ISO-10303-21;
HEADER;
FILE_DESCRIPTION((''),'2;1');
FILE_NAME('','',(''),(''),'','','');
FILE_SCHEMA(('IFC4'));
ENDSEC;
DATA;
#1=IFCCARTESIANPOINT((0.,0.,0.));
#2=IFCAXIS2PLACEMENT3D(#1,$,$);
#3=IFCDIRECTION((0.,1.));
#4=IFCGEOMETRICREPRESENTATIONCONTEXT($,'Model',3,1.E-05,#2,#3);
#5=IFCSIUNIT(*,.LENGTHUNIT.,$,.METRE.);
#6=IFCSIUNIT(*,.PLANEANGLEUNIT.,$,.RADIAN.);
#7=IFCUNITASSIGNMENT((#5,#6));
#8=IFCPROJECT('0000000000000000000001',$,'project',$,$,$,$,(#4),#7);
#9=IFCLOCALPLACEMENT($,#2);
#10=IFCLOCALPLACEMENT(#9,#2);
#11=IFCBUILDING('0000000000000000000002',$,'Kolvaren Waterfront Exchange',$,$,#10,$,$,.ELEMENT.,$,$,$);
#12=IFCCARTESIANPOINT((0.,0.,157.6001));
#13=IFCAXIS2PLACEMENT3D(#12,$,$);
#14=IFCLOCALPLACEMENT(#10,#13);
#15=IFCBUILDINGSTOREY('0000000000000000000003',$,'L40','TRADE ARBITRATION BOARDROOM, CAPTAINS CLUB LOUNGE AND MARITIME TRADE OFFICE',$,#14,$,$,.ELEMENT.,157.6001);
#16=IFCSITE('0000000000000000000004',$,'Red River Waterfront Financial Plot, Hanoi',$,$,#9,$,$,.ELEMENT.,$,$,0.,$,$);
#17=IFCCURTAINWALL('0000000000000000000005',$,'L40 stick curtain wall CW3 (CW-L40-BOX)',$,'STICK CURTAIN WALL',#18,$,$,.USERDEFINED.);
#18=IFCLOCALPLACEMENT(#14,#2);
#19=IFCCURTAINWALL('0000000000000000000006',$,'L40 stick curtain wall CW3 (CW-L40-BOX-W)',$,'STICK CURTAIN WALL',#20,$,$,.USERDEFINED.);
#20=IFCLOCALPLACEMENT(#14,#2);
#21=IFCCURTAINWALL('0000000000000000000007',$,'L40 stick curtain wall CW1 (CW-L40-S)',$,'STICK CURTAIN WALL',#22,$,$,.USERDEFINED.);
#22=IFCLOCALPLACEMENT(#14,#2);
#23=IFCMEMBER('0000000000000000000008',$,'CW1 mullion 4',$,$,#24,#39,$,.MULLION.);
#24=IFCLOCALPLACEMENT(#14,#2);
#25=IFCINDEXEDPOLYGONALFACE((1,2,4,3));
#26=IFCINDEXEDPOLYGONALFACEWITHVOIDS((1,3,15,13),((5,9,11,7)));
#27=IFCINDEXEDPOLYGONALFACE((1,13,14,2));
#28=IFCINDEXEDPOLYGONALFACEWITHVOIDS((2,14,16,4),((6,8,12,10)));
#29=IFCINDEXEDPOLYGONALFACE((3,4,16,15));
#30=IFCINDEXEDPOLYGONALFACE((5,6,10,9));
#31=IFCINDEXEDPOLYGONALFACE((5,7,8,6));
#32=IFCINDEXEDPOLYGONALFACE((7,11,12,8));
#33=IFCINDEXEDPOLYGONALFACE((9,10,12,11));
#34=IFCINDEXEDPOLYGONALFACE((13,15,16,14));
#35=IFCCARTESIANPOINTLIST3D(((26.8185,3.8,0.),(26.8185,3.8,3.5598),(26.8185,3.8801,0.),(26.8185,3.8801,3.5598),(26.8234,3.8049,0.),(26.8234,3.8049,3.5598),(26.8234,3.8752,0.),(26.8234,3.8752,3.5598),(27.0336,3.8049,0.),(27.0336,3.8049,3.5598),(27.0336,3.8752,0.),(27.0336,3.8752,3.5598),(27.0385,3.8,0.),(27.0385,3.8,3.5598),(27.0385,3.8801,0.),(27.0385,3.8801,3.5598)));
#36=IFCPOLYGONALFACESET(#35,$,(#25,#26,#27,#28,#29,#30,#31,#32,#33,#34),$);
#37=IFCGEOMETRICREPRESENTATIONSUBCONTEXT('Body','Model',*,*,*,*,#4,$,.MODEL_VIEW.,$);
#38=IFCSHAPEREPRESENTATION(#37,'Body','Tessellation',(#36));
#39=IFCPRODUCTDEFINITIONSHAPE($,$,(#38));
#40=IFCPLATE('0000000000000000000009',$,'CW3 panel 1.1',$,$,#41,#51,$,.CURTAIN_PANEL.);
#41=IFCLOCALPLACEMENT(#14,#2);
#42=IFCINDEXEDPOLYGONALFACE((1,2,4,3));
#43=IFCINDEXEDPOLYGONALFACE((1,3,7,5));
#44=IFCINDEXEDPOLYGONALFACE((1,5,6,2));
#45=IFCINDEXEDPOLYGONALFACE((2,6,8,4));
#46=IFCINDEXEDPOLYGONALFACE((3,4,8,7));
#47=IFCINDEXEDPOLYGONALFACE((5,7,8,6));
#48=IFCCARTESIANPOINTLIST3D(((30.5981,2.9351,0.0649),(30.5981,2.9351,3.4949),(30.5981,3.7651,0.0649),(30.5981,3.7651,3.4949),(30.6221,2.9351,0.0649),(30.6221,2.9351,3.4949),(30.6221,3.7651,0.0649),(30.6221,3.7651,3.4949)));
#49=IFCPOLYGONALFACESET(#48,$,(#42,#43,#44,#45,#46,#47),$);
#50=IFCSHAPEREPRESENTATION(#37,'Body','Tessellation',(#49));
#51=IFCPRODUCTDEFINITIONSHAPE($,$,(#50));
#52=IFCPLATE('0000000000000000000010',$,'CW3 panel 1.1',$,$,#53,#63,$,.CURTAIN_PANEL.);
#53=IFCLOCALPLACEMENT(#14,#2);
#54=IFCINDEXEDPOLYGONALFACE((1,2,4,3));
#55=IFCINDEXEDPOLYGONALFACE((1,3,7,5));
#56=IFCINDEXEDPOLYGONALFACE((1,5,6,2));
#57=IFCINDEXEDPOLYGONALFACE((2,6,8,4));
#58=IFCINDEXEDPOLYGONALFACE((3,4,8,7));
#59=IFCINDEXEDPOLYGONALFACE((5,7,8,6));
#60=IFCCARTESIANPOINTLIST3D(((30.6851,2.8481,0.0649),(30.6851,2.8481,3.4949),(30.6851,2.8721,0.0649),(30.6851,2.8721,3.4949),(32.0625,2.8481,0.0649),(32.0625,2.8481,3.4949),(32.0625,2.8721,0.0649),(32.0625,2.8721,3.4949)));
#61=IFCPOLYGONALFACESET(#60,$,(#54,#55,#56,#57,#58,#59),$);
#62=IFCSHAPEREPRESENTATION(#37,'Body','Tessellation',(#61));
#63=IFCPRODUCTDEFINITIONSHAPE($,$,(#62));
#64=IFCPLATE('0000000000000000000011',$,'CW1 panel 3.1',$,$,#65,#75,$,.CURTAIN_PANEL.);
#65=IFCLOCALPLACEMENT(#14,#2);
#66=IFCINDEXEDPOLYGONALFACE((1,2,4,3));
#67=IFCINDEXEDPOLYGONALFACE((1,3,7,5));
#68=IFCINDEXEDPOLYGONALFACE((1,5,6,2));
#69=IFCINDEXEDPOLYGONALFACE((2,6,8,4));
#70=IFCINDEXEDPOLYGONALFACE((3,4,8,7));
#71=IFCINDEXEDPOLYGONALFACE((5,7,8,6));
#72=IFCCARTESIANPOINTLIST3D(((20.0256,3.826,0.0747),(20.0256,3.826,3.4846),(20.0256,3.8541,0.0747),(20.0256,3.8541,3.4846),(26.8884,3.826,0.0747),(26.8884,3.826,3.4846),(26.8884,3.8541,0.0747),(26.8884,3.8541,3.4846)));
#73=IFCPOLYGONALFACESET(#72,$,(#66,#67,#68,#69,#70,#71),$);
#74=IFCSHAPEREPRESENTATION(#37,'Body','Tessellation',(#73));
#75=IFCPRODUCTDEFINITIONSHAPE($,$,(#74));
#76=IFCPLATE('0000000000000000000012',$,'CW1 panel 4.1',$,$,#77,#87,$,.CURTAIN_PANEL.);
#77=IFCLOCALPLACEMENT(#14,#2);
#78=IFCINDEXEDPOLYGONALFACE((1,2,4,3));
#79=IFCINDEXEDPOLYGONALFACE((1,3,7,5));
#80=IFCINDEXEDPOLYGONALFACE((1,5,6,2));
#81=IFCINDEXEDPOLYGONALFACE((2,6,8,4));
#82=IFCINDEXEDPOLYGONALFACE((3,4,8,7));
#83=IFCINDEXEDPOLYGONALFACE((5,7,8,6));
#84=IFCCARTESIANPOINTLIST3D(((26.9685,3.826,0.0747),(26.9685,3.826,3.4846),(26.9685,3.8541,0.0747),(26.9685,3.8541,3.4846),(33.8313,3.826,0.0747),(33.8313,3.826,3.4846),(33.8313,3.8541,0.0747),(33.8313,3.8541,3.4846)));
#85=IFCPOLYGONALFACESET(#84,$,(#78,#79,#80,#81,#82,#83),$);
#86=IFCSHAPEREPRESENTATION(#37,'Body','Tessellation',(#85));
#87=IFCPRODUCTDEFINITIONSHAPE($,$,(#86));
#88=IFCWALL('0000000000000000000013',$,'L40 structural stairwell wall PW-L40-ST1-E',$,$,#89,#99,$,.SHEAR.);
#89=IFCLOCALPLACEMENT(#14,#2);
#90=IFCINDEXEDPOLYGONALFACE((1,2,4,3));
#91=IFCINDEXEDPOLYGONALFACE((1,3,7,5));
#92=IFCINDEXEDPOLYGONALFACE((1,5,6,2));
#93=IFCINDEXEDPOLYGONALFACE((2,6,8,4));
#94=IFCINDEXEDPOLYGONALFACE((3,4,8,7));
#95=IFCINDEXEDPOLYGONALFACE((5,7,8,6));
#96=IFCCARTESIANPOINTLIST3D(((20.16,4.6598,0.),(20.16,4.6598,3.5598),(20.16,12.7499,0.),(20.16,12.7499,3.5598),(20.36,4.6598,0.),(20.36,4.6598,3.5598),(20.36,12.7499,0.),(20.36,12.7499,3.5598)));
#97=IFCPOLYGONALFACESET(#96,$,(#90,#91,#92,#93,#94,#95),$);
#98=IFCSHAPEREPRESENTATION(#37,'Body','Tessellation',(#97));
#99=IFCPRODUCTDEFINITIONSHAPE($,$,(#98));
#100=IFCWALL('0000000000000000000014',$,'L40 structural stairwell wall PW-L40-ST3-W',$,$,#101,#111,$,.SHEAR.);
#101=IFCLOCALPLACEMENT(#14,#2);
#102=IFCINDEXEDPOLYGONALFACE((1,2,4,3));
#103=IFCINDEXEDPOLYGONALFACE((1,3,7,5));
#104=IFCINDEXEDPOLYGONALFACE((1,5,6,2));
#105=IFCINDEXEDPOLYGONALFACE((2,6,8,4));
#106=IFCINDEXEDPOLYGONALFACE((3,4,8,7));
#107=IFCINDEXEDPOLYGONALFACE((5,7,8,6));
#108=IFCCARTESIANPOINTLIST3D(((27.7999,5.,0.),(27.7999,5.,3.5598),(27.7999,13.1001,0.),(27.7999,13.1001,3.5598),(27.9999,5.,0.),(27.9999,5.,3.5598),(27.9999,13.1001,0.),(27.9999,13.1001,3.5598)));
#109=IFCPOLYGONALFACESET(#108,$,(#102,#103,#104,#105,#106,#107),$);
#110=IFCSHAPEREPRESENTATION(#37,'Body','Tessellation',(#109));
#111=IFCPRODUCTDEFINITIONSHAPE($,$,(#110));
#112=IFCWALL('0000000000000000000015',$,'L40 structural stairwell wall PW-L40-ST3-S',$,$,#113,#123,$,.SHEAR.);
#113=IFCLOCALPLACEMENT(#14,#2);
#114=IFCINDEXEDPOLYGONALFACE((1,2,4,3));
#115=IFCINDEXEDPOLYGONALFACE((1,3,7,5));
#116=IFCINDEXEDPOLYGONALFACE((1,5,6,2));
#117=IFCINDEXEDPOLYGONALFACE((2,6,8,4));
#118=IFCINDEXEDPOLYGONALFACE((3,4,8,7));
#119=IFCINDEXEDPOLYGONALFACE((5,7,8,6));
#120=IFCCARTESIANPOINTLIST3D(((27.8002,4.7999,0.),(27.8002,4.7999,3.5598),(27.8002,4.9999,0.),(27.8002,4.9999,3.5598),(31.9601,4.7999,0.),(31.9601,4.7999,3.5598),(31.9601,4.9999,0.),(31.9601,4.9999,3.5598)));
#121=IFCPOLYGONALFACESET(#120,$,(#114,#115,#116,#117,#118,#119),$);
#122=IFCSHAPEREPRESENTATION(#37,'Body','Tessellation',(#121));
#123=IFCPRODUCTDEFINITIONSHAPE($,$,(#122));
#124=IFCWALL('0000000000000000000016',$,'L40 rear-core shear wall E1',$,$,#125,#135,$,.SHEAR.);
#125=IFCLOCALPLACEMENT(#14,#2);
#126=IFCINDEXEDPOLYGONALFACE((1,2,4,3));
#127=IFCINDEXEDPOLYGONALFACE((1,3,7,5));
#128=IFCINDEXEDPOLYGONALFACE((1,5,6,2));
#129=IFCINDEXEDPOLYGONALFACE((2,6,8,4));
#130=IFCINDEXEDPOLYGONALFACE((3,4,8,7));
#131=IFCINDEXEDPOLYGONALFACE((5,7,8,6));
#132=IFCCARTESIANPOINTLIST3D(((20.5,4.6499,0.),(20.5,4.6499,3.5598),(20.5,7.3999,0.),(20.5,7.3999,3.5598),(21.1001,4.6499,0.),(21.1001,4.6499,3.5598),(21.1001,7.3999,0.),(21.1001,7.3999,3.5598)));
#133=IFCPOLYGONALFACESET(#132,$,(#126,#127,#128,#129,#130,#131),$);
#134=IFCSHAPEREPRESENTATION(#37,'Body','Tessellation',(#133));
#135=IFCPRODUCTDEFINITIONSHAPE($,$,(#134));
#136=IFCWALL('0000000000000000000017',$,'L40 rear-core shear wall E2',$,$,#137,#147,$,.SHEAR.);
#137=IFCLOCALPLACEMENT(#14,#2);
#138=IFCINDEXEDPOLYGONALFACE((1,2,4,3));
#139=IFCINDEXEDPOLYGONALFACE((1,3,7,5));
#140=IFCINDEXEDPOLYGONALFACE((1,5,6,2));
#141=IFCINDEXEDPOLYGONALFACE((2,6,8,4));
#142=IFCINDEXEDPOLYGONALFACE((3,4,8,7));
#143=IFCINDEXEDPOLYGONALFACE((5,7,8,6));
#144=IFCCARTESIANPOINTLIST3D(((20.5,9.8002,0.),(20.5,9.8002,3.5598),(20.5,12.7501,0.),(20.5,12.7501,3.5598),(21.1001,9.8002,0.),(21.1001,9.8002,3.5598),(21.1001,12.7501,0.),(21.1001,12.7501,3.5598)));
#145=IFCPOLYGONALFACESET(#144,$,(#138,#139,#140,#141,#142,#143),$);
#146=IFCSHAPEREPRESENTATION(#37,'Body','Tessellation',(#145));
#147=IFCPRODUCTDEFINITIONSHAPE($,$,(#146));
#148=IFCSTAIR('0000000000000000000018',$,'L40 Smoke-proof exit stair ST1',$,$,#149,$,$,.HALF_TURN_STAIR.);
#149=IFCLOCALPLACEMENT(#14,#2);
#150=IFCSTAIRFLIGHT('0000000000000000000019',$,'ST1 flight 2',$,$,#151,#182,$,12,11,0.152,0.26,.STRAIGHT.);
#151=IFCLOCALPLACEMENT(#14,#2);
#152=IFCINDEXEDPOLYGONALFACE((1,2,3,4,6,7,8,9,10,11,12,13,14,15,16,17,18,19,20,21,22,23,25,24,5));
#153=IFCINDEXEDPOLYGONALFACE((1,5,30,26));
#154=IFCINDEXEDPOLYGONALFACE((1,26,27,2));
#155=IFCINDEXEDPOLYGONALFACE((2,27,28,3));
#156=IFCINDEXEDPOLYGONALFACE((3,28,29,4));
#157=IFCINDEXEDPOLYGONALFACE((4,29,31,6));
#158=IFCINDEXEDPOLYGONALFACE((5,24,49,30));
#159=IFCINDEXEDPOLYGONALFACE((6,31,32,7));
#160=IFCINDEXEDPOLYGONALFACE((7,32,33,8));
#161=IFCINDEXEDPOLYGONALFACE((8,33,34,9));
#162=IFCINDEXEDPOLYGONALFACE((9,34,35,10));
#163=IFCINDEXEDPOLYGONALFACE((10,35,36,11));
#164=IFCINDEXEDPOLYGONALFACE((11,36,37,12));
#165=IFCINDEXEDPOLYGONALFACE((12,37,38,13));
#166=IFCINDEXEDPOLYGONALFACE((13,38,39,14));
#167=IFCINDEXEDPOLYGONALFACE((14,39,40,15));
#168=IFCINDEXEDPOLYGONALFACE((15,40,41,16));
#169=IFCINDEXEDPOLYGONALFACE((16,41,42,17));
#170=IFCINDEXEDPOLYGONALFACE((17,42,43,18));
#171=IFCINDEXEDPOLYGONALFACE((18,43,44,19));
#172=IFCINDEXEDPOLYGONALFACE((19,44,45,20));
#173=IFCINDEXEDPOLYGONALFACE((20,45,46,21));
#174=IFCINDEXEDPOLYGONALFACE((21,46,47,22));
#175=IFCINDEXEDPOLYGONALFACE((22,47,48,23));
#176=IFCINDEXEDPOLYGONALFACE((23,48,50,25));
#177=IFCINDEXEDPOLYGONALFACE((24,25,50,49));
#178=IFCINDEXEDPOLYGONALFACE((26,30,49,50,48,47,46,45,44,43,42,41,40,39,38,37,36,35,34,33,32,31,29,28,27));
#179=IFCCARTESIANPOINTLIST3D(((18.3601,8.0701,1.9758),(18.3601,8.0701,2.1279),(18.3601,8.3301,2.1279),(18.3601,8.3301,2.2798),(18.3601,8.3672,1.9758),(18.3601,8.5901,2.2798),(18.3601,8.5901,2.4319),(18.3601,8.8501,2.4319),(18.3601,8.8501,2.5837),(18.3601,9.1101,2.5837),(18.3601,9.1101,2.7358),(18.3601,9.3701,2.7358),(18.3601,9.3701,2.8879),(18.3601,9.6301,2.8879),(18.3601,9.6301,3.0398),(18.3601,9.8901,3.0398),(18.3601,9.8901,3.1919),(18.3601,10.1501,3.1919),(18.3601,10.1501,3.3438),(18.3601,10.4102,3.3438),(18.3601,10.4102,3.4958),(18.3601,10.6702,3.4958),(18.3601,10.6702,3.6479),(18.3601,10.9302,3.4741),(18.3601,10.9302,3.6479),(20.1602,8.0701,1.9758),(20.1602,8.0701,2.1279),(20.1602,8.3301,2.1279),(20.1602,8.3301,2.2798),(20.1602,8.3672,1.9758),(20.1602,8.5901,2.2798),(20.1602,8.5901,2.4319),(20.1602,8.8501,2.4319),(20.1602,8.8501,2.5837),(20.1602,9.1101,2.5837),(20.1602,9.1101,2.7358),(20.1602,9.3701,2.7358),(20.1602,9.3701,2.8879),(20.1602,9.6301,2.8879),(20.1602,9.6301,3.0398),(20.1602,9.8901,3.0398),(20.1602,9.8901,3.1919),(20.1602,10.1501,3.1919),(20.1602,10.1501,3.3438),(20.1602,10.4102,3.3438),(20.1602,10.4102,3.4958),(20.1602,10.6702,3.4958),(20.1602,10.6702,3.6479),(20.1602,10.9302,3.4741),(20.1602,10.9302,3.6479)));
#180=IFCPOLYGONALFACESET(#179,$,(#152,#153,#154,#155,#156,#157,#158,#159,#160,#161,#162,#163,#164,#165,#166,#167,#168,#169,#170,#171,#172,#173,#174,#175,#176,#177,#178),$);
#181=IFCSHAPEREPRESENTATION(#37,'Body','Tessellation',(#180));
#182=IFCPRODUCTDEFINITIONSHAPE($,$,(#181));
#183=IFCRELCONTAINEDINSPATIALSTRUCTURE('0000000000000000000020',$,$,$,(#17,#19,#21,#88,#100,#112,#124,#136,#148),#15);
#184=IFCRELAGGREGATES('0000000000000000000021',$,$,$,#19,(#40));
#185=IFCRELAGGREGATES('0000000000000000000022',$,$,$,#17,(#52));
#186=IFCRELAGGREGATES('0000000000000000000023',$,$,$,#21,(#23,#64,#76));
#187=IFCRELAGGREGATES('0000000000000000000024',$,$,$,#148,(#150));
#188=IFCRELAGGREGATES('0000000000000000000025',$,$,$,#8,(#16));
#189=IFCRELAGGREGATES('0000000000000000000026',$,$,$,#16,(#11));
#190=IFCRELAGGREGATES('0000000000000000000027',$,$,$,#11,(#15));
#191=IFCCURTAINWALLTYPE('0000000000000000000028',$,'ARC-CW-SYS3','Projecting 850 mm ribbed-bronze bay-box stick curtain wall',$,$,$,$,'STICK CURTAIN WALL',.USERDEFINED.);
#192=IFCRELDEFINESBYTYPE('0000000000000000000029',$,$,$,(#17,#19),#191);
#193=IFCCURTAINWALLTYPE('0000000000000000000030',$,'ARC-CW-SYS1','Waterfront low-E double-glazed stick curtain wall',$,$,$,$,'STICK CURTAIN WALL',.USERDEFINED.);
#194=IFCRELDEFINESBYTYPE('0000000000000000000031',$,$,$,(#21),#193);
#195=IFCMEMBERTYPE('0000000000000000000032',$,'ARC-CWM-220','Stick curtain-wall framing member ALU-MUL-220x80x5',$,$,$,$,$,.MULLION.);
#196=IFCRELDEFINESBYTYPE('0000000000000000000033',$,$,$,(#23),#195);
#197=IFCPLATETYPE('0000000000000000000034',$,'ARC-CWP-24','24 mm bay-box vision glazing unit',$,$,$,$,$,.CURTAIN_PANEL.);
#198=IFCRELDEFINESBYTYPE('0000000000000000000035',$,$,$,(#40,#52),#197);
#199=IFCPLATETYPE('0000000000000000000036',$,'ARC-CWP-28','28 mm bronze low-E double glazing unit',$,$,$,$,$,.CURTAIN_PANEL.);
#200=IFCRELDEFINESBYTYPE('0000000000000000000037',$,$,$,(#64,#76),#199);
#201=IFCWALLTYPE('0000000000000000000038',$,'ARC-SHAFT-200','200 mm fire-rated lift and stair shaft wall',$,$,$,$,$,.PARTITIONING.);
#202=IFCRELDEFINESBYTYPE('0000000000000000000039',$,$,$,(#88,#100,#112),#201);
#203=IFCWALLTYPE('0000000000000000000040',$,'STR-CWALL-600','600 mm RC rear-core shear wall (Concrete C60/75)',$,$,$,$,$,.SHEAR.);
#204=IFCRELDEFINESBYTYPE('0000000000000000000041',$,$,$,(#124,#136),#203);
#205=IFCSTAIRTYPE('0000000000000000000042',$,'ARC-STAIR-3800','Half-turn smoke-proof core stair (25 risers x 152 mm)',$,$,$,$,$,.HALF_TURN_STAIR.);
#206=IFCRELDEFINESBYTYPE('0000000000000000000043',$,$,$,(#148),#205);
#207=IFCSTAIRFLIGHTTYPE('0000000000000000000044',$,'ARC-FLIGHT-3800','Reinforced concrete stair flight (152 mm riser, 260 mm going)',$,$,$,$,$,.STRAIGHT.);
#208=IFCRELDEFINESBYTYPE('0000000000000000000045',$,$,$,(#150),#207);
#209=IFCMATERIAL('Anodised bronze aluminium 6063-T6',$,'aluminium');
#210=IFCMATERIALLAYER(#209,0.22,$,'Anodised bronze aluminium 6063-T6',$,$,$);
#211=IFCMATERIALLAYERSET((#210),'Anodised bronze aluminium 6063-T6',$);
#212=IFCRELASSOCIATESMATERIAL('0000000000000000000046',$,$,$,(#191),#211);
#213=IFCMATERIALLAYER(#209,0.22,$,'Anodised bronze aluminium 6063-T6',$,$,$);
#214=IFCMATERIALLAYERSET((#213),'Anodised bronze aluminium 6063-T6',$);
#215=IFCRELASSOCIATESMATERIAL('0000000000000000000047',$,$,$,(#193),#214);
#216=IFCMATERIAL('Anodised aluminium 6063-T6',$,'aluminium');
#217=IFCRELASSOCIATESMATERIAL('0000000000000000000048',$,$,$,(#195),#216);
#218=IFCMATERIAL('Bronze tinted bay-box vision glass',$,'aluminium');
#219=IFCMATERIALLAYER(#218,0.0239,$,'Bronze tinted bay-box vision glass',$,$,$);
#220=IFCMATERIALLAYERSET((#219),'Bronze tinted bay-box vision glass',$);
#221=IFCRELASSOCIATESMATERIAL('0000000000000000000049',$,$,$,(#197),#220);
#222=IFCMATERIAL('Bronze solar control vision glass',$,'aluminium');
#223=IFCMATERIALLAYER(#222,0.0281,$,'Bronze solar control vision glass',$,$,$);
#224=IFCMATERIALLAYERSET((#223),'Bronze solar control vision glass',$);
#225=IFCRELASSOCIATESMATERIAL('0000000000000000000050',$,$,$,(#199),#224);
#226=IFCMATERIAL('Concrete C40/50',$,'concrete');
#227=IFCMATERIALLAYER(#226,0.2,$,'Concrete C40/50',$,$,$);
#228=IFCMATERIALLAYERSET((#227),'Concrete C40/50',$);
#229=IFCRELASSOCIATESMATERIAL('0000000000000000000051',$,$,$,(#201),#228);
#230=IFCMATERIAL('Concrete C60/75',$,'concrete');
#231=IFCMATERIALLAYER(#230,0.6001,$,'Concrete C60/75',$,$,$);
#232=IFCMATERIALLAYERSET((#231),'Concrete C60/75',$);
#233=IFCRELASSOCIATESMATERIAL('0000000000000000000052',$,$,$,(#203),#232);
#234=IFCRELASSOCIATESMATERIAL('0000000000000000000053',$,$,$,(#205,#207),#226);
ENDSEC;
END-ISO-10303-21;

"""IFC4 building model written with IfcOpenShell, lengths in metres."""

from ifc_helpers import new_model, si_unit, direction, frame, frame_2d, origin, origin_with_axes, origin_2d, place, context, subcontext, project, spatial, polyline, rectangle, hollow_rectangle, outline, extrude, source, transform, mapped, material, layer, layer_set, material_profile, profile_set, type_object, element, aggregate, save


model = new_model("IFC4")

# Units and contexts
model_context = context("Model", 3, precision=1e-05, world=origin(), true_north=direction((0.0, 1.0)))
body_context = subcontext(model_context, "Body", "Model", "MODEL_VIEW")
ifc_project = project(units=[si_unit("LENGTHUNIT", "METRE"), si_unit("PLANEANGLEUNIT", "RADIAN")], contexts=[model_context])

# Site, building, storey
site_placement = place(None, origin())
site = spatial("IfcSite", under=ifc_project, at=site_placement, Name="Red River Waterfront Financial Plot, Hanoi", CompositionType="ELEMENT", RefElevation=0.0)
building_placement = place(site_placement, origin())
building = spatial("IfcBuilding", under=site, at=building_placement, Name="Kolvaren Waterfront Exchange", CompositionType="ELEMENT")
storey_placement = place(building_placement, frame((0.0, 0.0, 157.6001)))
storey = spatial("IfcBuildingStorey", under=building, at=storey_placement, Name="L40", Description="TRADE ARBITRATION BOARDROOM, CAPTAINS CLUB LOUNGE AND MARITIME TRADE OFFICE", CompositionType="ELEMENT", Elevation=157.6001)

# Shared definitions
ifc_material_1 = material(Name="Concrete C60/75", Category="concrete")

# Curtain walls
ifc_material_2 = material(Name="Anodised bronze aluminium 6063-T6", Category="aluminium")
ifc_layer_1 = layer(ifc_material_2, 0.22, Name="Anodised bronze aluminium 6063-T6")
ifc_layer_set_1 = layer_set([ifc_layer_1], Name="Anodised bronze aluminium 6063-T6")
curtain_wall_type_1 = type_object("IfcCurtainWallType", Name="ARC-CW-SYS3", Description="Projecting 850 mm ribbed-bronze bay-box stick curtain wall", ElementType="STICK CURTAIN WALL", PredefinedType="USERDEFINED", material=ifc_layer_set_1)
curtain_wall_1_placement = place(storey_placement, origin())
curtain_wall_1 = element("IfcCurtainWall", 1, at=curtain_wall_1_placement, inside=storey, type_object=curtain_wall_type_1, Name="L40 stick curtain wall CW3 (CW-L40-BOX)", ObjectType="STICK CURTAIN WALL", PredefinedType="USERDEFINED")
curtain_wall_2_placement = place(storey_placement, origin())
curtain_wall_2 = element("IfcCurtainWall", 2, at=curtain_wall_2_placement, inside=storey, type_object=curtain_wall_type_1, Name="L40 stick curtain wall CW3 (CW-L40-BOX-W)", ObjectType="STICK CURTAIN WALL", PredefinedType="USERDEFINED")
ifc_layer_2 = layer(ifc_material_2, 0.22, Name="Anodised bronze aluminium 6063-T6")
ifc_layer_set_2 = layer_set([ifc_layer_2], Name="Anodised bronze aluminium 6063-T6")
curtain_wall_type_2 = type_object("IfcCurtainWallType", Name="ARC-CW-SYS1", Description="Waterfront low-E double-glazed stick curtain wall", ElementType="STICK CURTAIN WALL", PredefinedType="USERDEFINED", material=ifc_layer_set_2)
curtain_wall_3_placement = place(storey_placement, origin())
curtain_wall_3 = element("IfcCurtainWall", 3, at=curtain_wall_3_placement, inside=storey, type_object=curtain_wall_type_2, Name="L40 stick curtain wall CW1 (CW-L40-S)", ObjectType="STICK CURTAIN WALL", PredefinedType="USERDEFINED")
ifc_material_3 = material(Name="Anodised aluminium 6063-T6", Category="aluminium")

# Member
ifc_material_profile_1 = material_profile(ifc_material_3, hollow_rectangle(XDim=0.0801, YDim=0.22, WallThickness=0.0049, at=origin_2d()), Name="ALU-MUL-220x80x5")
ifc_profile_set_1 = profile_set([ifc_material_profile_1], Name="Anodised aluminium 6063-T6")
member_type_1 = type_object("IfcMemberType", Name="ARC-CWM-220", Description="Stick curtain-wall framing member ALU-MUL-220x80x5", PredefinedType="MULLION", material=ifc_profile_set_1)
shared_shape_1 = source(origin_with_axes(), body_context, "Body", "SweptSolid", [
    extrude(hollow_rectangle(XDim=0.0801, YDim=0.22, WallThickness=0.0049, at=origin_2d()), origin(), (0.0, 0.0, 1.0), 3.5598),
])
member_1_placement = place(storey_placement, frame((26.9285, 3.8401, 0.0), z_axis=(0.0, 0.0, 1.0), x_axis=(0.0, 1.0, 0.0)))
member_1 = element("IfcMember", 4, at=member_1_placement, type_object=member_type_1, Name="CW1 mullion 4", PredefinedType="MULLION", context=body_context, shape_type="MappedRepresentation", body=[
    mapped(shared_shape_1, transform((0.0, 0.0, 0.0), x_axis=(1.0, 0.0, 0.0), y_axis=(0.0, 1.0, 0.0), z_axis=(0.0, 0.0, 1.0), scale=1.0)),
])

# Plates
ifc_material_4 = material(Name="Bronze tinted bay-box vision glass", Category="aluminium")
ifc_layer_3 = layer(ifc_material_4, 0.0239, Name="Bronze tinted bay-box vision glass")
ifc_layer_set_3 = layer_set([ifc_layer_3], Name="Bronze tinted bay-box vision glass")
plate_type_1 = type_object("IfcPlateType", Name="ARC-CWP-24", Description="24 mm bay-box vision glazing unit", PredefinedType="CURTAIN_PANEL", material=ifc_layer_set_3)
shared_shape_2 = source(origin_with_axes(), body_context, "Body", "SweptSolid", [
    extrude(rectangle(XDim=0.8301, YDim=0.0239, at=origin_2d()), origin(), (0.0, 0.0, 1.0), 3.4299),
])
plate_1_placement = place(storey_placement, frame((30.6101, 3.3501, 0.0649), z_axis=(0.0, 0.0, 1.0), x_axis=(0.0, -1.0, 0.0)))
plate_1 = element("IfcPlate", 5, at=plate_1_placement, type_object=plate_type_1, Name="CW3 panel 1.1", PredefinedType="CURTAIN_PANEL", context=body_context, shape_type="MappedRepresentation", body=[
    mapped(shared_shape_2, transform((0.0, 0.0, 0.0), x_axis=(1.0, 0.0, 0.0), y_axis=(0.0, 1.0, 0.0), z_axis=(0.0, 0.0, 1.0), scale=1.0)),
])
aggregate(curtain_wall_2, [plate_1])
shared_shape_3 = source(origin_with_axes(), body_context, "Body", "SweptSolid", [
    extrude(rectangle(XDim=1.3774, YDim=0.0239, at=origin_2d()), origin(), (0.0, 0.0, 1.0), 3.4299),
])
plate_2_placement = place(storey_placement, frame((31.3738, 2.8601, 0.0649), z_axis=(0.0, 0.0, 1.0), x_axis=(1.0, 0.0, 0.0)))
plate_2 = element("IfcPlate", 6, at=plate_2_placement, type_object=plate_type_1, Name="CW3 panel 1.1", PredefinedType="CURTAIN_PANEL", context=body_context, shape_type="MappedRepresentation", body=[
    mapped(shared_shape_3, transform((0.0, 0.0, 0.0), x_axis=(1.0, 0.0, 0.0), y_axis=(0.0, 1.0, 0.0), z_axis=(0.0, 0.0, 1.0), scale=1.0)),
])
aggregate(curtain_wall_1, [plate_2])
ifc_material_5 = material(Name="Bronze solar control vision glass", Category="aluminium")
ifc_layer_4 = layer(ifc_material_5, 0.0281, Name="Bronze solar control vision glass")
ifc_layer_set_4 = layer_set([ifc_layer_4], Name="Bronze solar control vision glass")
plate_type_2 = type_object("IfcPlateType", Name="ARC-CWP-28", Description="28 mm bronze low-E double glazing unit", PredefinedType="CURTAIN_PANEL", material=ifc_layer_set_4)
shared_shape_4 = source(origin_with_axes(), body_context, "Body", "SweptSolid", [
    extrude(rectangle(XDim=6.8628, YDim=0.0281, at=origin_2d()), origin(), (0.0, 0.0, 1.0), 3.4099),
])
plate_3_placement = place(storey_placement, frame((23.457, 3.8401, 0.0747), z_axis=(0.0, 0.0, 1.0), x_axis=(1.0, 0.0, 0.0)))
plate_3 = element("IfcPlate", 7, at=plate_3_placement, type_object=plate_type_2, Name="CW1 panel 3.1", PredefinedType="CURTAIN_PANEL", context=body_context, shape_type="MappedRepresentation", body=[
    mapped(shared_shape_4, transform((0.0, 0.0, 0.0), x_axis=(1.0, 0.0, 0.0), y_axis=(0.0, 1.0, 0.0), z_axis=(0.0, 0.0, 1.0), scale=1.0)),
])
plate_4_placement = place(storey_placement, frame((30.3999, 3.8401, 0.0747), z_axis=(0.0, 0.0, 1.0), x_axis=(1.0, 0.0, 0.0)))
plate_4 = element("IfcPlate", 8, at=plate_4_placement, type_object=plate_type_2, Name="CW1 panel 4.1", PredefinedType="CURTAIN_PANEL", context=body_context, shape_type="MappedRepresentation", body=[
    mapped(shared_shape_4, transform((0.0, 0.0, 0.0), x_axis=(1.0, 0.0, 0.0), y_axis=(0.0, 1.0, 0.0), z_axis=(0.0, 0.0, 1.0), scale=1.0)),
])
aggregate(curtain_wall_3, [member_1, plate_3, plate_4])

# Walls
ifc_material_6 = material(Name="Concrete C40/50", Category="concrete")
ifc_layer_5 = layer(ifc_material_6, 0.2, Name="Concrete C40/50")
ifc_layer_set_5 = layer_set([ifc_layer_5], Name="Concrete C40/50")
wall_type_1 = type_object("IfcWallType", Name="ARC-SHAFT-200", Description="200 mm fire-rated lift and stair shaft wall", PredefinedType="PARTITIONING", material=ifc_layer_set_5)
wall_1_placement = place(storey_placement, frame((20.26, 4.6599, 0.0), z_axis=(0.0, 0.0, 1.0), x_axis=(0.0, 1.0, 0.0)))
element("IfcWall", 9, at=wall_1_placement, inside=storey, type_object=wall_type_1, Name="L40 structural stairwell wall PW-L40-ST1-E", PredefinedType="SHEAR", context=body_context, shape_type="SweptSolid", body=[
    extrude(rectangle(XDim=8.0901, YDim=0.2, at=frame_2d((4.0449, 0.0))), origin(), (0.0, 0.0, 1.0), 3.5598),
])
wall_2_placement = place(storey_placement, frame((27.8999, 5.0, 0.0), z_axis=(0.0, 0.0, 1.0), x_axis=(0.0, 1.0, 0.0)))
element("IfcWall", 10, at=wall_2_placement, inside=storey, type_object=wall_type_1, Name="L40 structural stairwell wall PW-L40-ST3-W", PredefinedType="SHEAR", context=body_context, shape_type="SweptSolid", body=[
    extrude(rectangle(XDim=8.1001, YDim=0.2, at=frame_2d((4.05, 0.0))), origin(), (0.0, 0.0, 1.0), 3.5598),
])
wall_3_placement = place(storey_placement, frame((27.8, 4.8999, 0.0), z_axis=(0.0, 0.0, 1.0), x_axis=(1.0, 0.0, 0.0)))
element("IfcWall", 11, at=wall_3_placement, inside=storey, type_object=wall_type_1, Name="L40 structural stairwell wall PW-L40-ST3-S", PredefinedType="SHEAR", context=body_context, shape_type="SweptSolid", body=[
    extrude(rectangle(XDim=4.1599, YDim=0.2, at=frame_2d((2.0801, 0.0))), origin(), (0.0, 0.0, 1.0), 3.5598),
])
ifc_layer_6 = layer(ifc_material_1, 0.6001, Name="Concrete C60/75")
ifc_layer_set_6 = layer_set([ifc_layer_6], Name="Concrete C60/75")
wall_type_2 = type_object("IfcWallType", Name="STR-CWALL-600", Description="600 mm RC rear-core shear wall (Concrete C60/75)", PredefinedType="SHEAR", material=ifc_layer_set_6)
wall_4_placement = place(storey_placement, frame((20.8, 4.6499, 0.0), z_axis=(0.0, 0.0, 1.0), x_axis=(0.0, 1.0, 0.0)))
element("IfcWall", 12, at=wall_4_placement, inside=storey, type_object=wall_type_2, Name="L40 rear-core shear wall E1", PredefinedType="SHEAR", context=body_context, shape_type="SweptSolid", body=[
    extrude(rectangle(XDim=2.75, YDim=0.6001, at=frame_2d((1.375, 0.0))), origin(), (0.0, 0.0, 1.0), 3.5598),
])
wall_5_placement = place(storey_placement, frame((20.8, 9.8, 0.0), z_axis=(0.0, 0.0, 1.0), x_axis=(0.0, 1.0, 0.0)))
element("IfcWall", 13, at=wall_5_placement, inside=storey, type_object=wall_type_2, Name="L40 rear-core shear wall E2", PredefinedType="SHEAR", context=body_context, shape_type="SweptSolid", body=[
    extrude(rectangle(XDim=2.95, YDim=0.6001, at=frame_2d((1.4751, 0.0))), origin(), (0.0, 0.0, 1.0), 3.5598),
])

# Stair, stair flight
stair_type = type_object("IfcStairType", Name="ARC-STAIR-3800", Description="Half-turn smoke-proof core stair (25 risers x 152 mm)", PredefinedType="HALF_TURN_STAIR", material=ifc_material_6)
stair_1_placement = place(storey_placement, origin())
stair_1 = element("IfcStair", 14, at=stair_1_placement, inside=storey, type_object=stair_type, Name="L40 Smoke-proof exit stair ST1", PredefinedType="HALF_TURN_STAIR")
stair_flight_type = type_object("IfcStairFlightType", Name="ARC-FLIGHT-3800", Description="Reinforced concrete stair flight (152 mm riser, 260 mm going)", PredefinedType="STRAIGHT", material=ifc_material_6)
stair_flight_1_placement = place(storey_placement, frame((19.26, 8.0701, 1.9758), z_axis=(0.0, 0.0, 1.0), x_axis=(0.0, 1.0, 0.0)))
stair_flight_1 = element("IfcStairFlight", 15, at=stair_flight_1_placement, type_object=stair_flight_type, Name="ST1 flight 2", NumberOfRisers=12, NumberOfTreads=11, PredefinedType="STRAIGHT", RiserHeight=0.152, TreadLength=0.26, context=body_context, shape_type="SweptSolid", body=[
    extrude(outline(polyline([(0.0, 0.0), (0.0, 0.1521), (0.26, 0.1521), (0.26, 0.304), (0.52, 0.304), (0.52, 0.4561), (0.78, 0.4561), (0.78, 0.6079), (1.04, 0.6079), (1.04, 0.76), (1.3, 0.76), (1.3, 0.9121), (1.5601, 0.9121), (1.5601, 1.064), (1.8201, 1.064), (1.8201, 1.2161), (2.0801, 1.2161), (2.0801, 1.3679), (2.3401, 1.3679), (2.3401, 1.52), (2.6001, 1.52), (2.6001, 1.6721), (2.8601, 1.6721), (2.8601, 1.824), (2.8601, 1.4983), (0.2971, 0.0), (0.0, 0.0)])), frame((0.0, 0.8999, 0.0), z_axis=(0.0, -1.0, 0.0), x_axis=(1.0, 0.0, 0.0)), (0.0, 0.0, 1.0), 1.8),
])
aggregate(stair_1, [stair_flight_1])

save(model, "model.ifc")
